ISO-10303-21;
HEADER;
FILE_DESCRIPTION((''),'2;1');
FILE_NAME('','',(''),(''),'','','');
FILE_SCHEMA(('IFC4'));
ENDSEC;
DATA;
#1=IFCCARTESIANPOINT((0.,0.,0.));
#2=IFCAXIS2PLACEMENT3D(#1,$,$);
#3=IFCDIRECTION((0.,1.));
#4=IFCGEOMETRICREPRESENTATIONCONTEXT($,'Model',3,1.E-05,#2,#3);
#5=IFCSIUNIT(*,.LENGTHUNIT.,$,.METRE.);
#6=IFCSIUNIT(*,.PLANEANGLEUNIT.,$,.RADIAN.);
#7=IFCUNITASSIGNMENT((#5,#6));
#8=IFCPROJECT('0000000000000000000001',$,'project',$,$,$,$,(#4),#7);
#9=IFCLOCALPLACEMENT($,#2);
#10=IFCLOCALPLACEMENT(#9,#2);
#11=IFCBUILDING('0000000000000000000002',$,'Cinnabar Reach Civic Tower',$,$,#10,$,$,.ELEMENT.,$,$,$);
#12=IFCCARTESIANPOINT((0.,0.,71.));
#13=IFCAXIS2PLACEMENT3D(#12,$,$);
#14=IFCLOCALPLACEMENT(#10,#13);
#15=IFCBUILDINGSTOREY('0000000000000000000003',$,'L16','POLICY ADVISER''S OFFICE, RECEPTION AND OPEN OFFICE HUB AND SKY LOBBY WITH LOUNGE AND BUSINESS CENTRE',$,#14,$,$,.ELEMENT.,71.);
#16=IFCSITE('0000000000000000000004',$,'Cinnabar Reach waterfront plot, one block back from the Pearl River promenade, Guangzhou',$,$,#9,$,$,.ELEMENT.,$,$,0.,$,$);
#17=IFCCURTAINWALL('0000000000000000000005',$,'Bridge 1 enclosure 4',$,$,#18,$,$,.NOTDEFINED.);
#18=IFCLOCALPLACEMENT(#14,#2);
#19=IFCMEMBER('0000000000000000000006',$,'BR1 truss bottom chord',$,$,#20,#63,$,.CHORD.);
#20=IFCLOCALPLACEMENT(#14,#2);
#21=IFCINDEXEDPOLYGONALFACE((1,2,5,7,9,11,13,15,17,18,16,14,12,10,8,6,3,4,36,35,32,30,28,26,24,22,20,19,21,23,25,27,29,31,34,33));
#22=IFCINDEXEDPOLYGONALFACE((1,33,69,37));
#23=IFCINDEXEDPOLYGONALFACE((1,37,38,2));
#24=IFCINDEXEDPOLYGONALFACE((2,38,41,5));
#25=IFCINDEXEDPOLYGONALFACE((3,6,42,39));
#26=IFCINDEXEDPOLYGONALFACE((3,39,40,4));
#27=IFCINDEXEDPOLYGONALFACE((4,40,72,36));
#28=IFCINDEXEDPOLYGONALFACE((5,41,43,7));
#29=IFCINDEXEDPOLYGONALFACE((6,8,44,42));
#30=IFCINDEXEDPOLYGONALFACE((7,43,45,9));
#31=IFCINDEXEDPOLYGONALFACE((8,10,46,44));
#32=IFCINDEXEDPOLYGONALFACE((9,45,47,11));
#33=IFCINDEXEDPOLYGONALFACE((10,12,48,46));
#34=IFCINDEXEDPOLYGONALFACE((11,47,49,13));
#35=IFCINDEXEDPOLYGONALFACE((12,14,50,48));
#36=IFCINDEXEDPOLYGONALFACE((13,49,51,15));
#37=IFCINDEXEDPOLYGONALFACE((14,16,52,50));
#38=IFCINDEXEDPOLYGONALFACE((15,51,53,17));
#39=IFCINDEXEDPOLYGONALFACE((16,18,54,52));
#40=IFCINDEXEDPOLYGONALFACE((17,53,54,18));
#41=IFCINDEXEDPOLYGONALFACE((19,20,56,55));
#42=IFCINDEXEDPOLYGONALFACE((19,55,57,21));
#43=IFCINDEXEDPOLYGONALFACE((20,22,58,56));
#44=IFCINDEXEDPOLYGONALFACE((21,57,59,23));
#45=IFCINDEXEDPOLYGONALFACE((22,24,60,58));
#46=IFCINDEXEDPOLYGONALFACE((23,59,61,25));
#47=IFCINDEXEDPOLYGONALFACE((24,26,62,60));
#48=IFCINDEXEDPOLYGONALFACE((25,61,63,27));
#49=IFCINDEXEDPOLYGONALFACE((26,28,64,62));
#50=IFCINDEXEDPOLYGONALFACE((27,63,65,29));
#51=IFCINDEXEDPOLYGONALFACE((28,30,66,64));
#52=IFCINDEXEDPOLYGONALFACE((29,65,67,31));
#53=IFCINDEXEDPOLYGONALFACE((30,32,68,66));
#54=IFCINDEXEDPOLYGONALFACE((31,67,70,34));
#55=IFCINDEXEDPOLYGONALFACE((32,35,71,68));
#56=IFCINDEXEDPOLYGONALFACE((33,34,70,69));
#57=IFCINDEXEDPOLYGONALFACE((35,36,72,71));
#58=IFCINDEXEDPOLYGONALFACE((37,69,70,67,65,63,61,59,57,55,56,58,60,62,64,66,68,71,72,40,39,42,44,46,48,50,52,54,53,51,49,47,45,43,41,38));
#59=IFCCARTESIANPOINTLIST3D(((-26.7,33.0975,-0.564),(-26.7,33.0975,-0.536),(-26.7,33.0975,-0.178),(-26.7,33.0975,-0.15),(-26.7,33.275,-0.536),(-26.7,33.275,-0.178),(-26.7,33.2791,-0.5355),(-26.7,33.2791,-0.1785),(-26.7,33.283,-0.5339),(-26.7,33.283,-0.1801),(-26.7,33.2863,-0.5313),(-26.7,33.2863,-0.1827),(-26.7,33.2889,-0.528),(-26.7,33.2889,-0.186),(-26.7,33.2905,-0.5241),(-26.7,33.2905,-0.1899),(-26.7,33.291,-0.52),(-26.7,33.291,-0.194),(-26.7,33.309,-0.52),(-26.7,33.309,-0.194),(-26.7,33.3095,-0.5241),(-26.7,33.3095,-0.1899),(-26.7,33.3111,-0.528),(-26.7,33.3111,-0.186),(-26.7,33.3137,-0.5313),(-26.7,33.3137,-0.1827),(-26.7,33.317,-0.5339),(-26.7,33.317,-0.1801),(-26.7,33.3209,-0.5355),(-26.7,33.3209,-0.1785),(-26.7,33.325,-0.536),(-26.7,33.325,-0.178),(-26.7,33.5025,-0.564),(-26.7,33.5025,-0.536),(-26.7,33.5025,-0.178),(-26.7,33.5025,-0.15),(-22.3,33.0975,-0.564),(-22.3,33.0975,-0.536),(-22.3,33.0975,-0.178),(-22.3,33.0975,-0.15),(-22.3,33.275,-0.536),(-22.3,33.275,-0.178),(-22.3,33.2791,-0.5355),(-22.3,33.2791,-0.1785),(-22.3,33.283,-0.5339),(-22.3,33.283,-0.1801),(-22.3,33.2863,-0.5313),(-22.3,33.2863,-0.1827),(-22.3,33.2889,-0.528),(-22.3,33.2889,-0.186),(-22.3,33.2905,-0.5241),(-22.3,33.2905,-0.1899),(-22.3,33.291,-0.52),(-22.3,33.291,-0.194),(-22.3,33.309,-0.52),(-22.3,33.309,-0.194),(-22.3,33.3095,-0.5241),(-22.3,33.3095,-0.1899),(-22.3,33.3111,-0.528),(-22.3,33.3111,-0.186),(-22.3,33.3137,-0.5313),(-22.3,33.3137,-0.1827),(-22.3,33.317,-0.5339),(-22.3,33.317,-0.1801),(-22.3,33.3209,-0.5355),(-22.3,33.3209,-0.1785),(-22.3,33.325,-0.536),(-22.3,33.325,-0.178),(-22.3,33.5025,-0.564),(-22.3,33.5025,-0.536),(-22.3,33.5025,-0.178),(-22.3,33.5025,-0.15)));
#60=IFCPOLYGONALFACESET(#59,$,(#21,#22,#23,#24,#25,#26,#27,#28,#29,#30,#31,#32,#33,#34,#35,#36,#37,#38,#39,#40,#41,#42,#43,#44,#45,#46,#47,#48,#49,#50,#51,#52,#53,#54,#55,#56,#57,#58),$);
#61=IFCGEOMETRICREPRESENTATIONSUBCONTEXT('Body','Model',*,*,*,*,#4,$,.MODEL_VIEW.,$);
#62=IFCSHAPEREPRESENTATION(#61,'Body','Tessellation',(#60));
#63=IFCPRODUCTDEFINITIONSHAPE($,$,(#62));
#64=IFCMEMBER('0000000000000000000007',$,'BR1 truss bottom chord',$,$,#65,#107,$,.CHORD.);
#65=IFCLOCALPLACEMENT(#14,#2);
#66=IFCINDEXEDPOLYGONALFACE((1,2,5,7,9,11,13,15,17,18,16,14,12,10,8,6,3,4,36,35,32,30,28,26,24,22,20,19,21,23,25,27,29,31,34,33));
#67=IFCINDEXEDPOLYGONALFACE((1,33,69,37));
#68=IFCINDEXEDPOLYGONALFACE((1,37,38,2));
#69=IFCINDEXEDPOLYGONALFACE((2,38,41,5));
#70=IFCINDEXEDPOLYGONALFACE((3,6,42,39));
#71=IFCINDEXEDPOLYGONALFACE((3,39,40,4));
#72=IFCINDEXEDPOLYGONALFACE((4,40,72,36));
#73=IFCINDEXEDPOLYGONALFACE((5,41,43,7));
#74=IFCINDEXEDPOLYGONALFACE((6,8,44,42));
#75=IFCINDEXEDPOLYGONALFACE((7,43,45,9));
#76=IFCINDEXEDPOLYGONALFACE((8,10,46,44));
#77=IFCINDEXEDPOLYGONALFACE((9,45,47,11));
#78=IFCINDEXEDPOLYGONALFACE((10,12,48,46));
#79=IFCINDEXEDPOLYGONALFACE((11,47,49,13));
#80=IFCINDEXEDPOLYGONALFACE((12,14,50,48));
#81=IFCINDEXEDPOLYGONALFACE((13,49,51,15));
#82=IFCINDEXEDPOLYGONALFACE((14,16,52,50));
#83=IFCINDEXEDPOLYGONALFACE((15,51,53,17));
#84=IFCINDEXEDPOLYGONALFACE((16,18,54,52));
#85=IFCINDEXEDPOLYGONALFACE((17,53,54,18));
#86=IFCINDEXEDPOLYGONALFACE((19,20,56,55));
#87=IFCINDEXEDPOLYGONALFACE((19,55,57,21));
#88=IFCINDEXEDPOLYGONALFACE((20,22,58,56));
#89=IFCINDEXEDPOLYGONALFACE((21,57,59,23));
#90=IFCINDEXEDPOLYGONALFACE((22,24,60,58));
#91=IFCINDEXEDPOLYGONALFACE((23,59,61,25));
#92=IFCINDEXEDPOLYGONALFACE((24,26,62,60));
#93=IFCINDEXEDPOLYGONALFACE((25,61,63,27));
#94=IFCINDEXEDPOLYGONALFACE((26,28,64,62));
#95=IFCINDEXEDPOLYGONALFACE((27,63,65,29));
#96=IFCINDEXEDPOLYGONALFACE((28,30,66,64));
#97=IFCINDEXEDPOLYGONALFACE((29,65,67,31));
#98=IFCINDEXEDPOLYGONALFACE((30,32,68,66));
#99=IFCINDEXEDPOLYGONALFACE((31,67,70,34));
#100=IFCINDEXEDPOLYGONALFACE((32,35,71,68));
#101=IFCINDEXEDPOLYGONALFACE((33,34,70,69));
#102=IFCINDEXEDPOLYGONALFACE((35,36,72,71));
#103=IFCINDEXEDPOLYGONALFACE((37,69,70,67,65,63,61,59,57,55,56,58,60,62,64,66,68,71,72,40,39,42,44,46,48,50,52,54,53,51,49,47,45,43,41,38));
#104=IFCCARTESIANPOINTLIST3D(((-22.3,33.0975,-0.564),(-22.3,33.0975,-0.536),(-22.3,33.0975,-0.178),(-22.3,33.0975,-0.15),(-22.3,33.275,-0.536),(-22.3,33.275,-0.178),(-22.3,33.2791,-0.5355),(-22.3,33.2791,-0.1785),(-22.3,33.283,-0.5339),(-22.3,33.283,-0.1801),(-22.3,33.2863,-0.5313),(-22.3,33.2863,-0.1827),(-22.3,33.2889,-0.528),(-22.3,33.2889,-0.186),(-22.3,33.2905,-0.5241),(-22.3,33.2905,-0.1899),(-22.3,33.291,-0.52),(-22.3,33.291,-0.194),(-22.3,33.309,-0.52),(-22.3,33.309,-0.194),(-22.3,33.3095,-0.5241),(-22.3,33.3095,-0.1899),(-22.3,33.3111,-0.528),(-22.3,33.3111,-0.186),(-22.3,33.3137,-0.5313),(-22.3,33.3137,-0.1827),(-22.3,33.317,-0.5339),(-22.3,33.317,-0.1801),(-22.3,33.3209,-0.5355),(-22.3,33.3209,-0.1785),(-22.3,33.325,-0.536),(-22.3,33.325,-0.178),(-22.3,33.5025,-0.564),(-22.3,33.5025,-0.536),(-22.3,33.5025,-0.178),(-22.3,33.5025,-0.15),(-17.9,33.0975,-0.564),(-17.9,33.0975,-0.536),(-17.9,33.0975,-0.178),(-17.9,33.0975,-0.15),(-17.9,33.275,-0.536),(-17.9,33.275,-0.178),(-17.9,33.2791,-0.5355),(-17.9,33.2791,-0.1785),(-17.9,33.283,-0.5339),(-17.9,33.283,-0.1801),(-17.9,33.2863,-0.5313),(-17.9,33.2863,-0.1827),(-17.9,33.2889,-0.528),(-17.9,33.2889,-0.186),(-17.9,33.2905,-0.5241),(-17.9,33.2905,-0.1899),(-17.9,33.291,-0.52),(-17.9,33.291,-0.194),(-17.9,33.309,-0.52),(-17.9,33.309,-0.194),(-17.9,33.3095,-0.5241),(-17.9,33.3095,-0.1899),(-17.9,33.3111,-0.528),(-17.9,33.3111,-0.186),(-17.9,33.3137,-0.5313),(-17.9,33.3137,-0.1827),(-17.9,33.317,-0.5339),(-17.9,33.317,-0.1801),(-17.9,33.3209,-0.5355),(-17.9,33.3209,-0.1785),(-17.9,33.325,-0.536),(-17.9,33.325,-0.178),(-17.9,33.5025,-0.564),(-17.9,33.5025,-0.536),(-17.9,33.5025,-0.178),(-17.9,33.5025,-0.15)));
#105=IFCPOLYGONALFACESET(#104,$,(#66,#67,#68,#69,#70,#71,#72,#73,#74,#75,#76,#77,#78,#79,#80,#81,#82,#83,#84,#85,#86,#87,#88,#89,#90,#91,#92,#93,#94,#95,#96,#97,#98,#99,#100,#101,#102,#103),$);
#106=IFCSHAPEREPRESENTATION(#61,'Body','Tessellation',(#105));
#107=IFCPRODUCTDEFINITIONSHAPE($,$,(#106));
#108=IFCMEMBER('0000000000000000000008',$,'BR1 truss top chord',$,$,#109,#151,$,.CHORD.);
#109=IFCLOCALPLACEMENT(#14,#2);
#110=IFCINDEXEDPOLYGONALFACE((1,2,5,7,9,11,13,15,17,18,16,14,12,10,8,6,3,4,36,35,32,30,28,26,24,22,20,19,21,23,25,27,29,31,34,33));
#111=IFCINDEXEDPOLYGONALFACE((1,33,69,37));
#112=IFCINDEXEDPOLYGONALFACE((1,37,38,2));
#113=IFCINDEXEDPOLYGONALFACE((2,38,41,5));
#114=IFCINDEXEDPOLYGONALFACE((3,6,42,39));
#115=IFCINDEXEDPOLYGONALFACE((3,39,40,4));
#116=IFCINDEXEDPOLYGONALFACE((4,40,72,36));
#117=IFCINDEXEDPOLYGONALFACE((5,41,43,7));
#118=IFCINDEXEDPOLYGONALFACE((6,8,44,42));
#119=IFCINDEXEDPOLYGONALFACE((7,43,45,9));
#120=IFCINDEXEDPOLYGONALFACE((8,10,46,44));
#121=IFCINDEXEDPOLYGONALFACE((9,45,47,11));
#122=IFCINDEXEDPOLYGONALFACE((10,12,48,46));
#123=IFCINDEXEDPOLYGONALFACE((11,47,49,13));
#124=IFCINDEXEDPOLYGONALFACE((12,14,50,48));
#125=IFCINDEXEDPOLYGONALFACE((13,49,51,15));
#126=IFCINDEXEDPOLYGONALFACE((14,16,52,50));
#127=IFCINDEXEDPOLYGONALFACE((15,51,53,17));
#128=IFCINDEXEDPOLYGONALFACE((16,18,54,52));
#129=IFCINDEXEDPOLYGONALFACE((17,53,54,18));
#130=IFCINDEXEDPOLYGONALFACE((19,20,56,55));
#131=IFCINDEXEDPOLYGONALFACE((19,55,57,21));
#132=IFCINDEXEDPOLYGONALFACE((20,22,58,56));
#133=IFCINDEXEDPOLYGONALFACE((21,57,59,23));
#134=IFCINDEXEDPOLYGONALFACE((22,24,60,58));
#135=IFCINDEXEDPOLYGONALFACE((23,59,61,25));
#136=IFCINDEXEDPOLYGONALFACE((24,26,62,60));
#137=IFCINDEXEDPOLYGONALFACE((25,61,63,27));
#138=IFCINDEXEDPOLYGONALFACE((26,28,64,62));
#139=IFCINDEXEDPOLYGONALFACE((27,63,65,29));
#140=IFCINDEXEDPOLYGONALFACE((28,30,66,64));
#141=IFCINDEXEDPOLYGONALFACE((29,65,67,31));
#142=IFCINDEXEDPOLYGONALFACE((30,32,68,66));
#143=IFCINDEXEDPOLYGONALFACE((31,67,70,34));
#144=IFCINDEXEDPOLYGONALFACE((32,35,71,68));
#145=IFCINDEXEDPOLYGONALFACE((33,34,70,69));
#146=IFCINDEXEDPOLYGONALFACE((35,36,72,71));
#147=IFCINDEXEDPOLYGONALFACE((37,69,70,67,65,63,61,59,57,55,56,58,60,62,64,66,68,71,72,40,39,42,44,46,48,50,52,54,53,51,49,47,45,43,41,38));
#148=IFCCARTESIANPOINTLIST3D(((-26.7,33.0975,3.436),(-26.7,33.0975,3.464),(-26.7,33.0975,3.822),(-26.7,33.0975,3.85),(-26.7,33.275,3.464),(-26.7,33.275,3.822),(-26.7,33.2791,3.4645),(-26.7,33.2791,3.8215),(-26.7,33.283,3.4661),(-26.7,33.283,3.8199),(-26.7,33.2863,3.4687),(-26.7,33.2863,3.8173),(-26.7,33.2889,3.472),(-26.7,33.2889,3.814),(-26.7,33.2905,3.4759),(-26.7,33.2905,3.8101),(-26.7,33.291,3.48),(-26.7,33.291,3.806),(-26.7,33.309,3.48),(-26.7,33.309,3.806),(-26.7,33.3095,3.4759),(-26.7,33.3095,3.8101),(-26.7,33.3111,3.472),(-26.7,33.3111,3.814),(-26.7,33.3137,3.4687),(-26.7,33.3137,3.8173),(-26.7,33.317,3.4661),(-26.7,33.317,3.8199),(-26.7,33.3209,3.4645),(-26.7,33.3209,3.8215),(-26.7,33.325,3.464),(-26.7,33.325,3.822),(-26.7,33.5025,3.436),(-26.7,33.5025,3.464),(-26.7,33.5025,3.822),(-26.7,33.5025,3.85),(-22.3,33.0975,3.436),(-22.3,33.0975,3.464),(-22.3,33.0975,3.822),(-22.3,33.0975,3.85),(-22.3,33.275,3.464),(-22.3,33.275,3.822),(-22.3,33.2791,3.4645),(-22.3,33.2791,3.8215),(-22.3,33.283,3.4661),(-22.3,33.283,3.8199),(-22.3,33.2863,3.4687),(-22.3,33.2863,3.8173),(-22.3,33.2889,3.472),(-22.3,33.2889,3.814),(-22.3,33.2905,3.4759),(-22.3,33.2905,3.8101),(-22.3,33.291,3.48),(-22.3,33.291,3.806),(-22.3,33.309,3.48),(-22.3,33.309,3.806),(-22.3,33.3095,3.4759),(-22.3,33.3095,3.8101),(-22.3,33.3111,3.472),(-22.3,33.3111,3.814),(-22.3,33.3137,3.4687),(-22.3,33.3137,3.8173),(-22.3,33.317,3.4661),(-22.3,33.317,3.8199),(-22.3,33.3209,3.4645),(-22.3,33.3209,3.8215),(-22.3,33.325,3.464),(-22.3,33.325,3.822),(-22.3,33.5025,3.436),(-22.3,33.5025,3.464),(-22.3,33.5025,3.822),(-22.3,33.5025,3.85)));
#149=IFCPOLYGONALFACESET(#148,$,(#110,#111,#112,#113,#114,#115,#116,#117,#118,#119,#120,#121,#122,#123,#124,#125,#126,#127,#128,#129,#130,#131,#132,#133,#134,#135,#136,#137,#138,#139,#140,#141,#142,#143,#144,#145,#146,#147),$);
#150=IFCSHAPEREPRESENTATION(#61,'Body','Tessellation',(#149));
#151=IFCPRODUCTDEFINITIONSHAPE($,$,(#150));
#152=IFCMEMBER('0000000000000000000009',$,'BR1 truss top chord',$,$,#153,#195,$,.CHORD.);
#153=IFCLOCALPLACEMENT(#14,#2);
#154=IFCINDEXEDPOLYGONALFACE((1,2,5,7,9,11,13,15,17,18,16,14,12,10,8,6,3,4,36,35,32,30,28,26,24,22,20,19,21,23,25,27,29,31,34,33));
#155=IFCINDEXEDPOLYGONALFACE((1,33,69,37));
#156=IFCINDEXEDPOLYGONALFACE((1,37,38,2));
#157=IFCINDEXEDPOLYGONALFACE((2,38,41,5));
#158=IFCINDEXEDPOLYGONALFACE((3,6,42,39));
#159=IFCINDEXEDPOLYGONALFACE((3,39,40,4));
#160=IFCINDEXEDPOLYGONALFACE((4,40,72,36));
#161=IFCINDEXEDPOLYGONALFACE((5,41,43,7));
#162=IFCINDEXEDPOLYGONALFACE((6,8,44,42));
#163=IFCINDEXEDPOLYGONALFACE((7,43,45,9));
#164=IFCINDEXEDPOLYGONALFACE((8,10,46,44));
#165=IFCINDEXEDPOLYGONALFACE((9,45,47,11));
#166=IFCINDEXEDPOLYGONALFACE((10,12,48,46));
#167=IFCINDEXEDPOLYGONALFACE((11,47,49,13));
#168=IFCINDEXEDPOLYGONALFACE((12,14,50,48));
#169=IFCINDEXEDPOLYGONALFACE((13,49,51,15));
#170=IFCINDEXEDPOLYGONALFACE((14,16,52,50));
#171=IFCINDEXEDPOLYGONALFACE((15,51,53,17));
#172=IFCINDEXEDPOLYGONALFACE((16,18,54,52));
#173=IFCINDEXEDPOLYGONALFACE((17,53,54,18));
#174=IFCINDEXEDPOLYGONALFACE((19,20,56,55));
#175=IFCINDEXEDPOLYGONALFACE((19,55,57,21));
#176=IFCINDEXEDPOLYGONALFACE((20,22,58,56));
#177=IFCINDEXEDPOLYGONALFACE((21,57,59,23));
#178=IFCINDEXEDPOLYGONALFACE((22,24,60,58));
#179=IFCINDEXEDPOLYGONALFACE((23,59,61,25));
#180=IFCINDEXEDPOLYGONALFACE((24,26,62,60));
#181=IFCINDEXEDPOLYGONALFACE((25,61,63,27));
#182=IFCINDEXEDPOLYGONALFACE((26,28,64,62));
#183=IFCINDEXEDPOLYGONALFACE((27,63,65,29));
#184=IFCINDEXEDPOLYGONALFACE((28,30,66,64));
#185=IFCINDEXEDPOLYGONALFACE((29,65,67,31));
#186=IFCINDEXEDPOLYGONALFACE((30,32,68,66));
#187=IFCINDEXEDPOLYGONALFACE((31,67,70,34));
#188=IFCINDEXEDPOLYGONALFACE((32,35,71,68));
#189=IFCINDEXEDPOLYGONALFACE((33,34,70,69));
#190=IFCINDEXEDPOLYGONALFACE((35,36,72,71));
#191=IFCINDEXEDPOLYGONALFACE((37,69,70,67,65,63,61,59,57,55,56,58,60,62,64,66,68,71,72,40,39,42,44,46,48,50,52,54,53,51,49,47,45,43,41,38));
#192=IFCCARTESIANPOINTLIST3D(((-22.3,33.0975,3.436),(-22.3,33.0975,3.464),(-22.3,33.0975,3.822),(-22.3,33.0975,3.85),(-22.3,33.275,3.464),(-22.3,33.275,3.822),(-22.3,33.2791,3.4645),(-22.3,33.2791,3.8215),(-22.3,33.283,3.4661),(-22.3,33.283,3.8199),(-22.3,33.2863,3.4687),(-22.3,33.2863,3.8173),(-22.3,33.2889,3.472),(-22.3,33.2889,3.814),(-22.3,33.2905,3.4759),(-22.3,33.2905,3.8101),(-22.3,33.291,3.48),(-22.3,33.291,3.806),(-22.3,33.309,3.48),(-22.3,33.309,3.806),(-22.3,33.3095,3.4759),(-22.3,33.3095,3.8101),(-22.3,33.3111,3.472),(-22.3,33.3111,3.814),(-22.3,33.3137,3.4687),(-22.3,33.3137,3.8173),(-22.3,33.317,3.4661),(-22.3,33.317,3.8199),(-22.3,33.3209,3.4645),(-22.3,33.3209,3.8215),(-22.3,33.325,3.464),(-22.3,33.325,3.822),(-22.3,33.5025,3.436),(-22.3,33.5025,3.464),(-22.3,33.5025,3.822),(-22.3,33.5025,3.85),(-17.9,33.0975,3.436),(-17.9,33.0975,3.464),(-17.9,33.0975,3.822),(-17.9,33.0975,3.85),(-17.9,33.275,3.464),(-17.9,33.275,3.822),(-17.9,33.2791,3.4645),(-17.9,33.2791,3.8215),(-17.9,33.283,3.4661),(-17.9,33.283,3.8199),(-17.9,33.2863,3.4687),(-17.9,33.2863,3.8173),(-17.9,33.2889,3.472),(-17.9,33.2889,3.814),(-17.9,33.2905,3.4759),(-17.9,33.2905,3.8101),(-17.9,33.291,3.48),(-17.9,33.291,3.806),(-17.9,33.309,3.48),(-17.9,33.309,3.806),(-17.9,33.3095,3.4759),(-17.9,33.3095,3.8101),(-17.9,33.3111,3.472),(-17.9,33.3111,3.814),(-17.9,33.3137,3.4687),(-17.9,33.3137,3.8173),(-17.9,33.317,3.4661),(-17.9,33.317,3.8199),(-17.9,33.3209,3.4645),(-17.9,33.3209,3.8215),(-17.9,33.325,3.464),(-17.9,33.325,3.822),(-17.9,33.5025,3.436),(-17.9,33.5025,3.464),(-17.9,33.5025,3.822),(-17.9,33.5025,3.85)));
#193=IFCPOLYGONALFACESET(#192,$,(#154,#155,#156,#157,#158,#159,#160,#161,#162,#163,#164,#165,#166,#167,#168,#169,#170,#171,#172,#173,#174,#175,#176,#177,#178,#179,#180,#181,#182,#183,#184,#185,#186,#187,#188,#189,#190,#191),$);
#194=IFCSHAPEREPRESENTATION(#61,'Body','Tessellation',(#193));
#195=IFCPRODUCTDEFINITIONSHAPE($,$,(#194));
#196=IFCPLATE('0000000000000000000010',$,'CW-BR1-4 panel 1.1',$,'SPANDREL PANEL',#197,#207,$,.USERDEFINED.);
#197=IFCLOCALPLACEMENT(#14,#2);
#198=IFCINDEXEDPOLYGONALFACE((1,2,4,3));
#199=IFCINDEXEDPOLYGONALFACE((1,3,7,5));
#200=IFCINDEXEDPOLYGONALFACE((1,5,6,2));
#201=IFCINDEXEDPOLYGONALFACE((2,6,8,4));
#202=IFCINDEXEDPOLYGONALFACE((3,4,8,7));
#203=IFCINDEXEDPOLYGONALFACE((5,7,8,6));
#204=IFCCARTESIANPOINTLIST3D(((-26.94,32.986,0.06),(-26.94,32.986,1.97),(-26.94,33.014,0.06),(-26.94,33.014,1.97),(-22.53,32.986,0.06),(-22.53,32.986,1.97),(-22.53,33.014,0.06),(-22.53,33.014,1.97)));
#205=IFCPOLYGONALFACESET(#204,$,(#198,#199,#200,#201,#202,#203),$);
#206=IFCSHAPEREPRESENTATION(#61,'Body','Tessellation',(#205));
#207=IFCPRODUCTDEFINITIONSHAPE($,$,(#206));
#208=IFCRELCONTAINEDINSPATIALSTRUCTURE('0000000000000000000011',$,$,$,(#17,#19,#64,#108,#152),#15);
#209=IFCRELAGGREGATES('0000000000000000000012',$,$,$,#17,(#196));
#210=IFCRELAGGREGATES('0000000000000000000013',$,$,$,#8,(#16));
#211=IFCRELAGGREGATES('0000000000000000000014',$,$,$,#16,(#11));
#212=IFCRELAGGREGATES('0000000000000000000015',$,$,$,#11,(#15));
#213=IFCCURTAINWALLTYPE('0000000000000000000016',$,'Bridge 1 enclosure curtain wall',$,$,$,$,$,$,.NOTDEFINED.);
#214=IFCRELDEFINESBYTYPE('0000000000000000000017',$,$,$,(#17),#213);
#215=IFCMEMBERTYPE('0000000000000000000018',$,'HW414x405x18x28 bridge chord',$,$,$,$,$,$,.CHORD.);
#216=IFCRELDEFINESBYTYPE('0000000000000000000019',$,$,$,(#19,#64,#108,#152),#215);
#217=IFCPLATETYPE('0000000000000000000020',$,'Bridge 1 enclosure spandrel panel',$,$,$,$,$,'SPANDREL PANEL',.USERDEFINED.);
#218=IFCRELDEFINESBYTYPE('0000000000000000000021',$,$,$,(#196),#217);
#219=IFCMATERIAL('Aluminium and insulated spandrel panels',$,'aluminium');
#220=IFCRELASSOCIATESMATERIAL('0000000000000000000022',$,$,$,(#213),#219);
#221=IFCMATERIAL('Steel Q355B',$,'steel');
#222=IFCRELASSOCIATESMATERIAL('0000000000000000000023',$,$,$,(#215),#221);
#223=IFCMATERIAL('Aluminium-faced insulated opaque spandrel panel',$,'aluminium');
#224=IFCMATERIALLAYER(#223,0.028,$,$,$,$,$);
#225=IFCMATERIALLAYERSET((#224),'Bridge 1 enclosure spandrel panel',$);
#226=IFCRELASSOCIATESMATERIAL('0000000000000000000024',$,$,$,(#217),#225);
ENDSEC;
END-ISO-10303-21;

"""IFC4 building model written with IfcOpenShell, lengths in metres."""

from ifc_helpers import new_model, si_unit, direction, frame, origin, origin_2d, place, context, subcontext, project, spatial, rectangle, i_section, extrude, material, layer, layer_set, material_profile, profile_set, type_object, element, aggregate, save


model = new_model("IFC4")

# Units and contexts
model_context = context("Model", 3, precision=1e-05, world=origin(), true_north=direction((0.0, 1.0)))
body_context = subcontext(model_context, "Body", "Model", "MODEL_VIEW")
ifc_project = project(units=[si_unit("LENGTHUNIT", "METRE"), si_unit("PLANEANGLEUNIT", "RADIAN")], contexts=[model_context])

# Site, building, storey
site_placement = place(None, origin())
site = spatial("IfcSite", under=ifc_project, at=site_placement, Name="Cinnabar Reach waterfront plot, one block back from the Pearl River promenade, Guangzhou", CompositionType="ELEMENT", RefElevation=0.0)
building_placement = place(site_placement, origin())
building = spatial("IfcBuilding", under=site, at=building_placement, Name="Cinnabar Reach Civic Tower", CompositionType="ELEMENT")
storey_placement = place(building_placement, frame((0.0, 0.0, 71.0)))
storey = spatial("IfcBuildingStorey", under=building, at=storey_placement, Name="L16", Description="POLICY ADVISER'S OFFICE, RECEPTION AND OPEN OFFICE HUB AND SKY LOBBY WITH LOUNGE AND BUSINESS CENTRE", CompositionType="ELEMENT", Elevation=71.0)

# Curtain wall
ifc_material_1 = material(Name="Aluminium and insulated spandrel panels", Category="aluminium")
curtain_wall_type = type_object("IfcCurtainWallType", Name="Bridge 1 enclosure curtain wall", PredefinedType="NOTDEFINED", material=ifc_material_1)
curtain_wall_placement = place(storey_placement, origin())
curtain_wall = element("IfcCurtainWall", 1, at=curtain_wall_placement, inside=storey, type_object=curtain_wall_type, Name="Bridge 1 enclosure 4", PredefinedType="NOTDEFINED")

# Members
ifc_material_2 = material(Name="Steel Q355B", Category="steel")
ifc_material_profile_1 = material_profile(ifc_material_2, i_section(OverallWidth=0.405, OverallDepth=0.414, WebThickness=0.018, FlangeThickness=0.028, FilletRadius=0.016, at=origin_2d()), Name="HW414x405x18x28")
ifc_profile_set_1 = profile_set([ifc_material_profile_1], Name="Steel Q355B")
member_type_1 = type_object("IfcMemberType", Name="HW414x405x18x28 bridge chord", PredefinedType="CHORD", material=ifc_profile_set_1)
for number, where, z_axis, x_axis, name in (
    (2, (-26.7, 33.3, -0.357), (1.0, 0.0, 0.0), (0.0, 1.0, 0.0), "BR1 truss bottom chord"),
    (3, (-22.3, 33.3, -0.357), (1.0, 0.0, 0.0), (0.0, 1.0, 0.0), "BR1 truss bottom chord"),
    (4, (-26.7, 33.3, 3.643), (1.0, 0.0, 0.0), (0.0, 1.0, 0.0), "BR1 truss top chord"),
    (5, (-22.3, 33.3, 3.643), (1.0, 0.0, 0.0), (0.0, 1.0, 0.0), "BR1 truss top chord"),
):
    element("IfcMember", number, at=place(storey_placement, frame(where, z_axis=z_axis, x_axis=x_axis)), inside=storey, type_object=member_type_1, Name=name, PredefinedType="CHORD", context=body_context, shape_type="SweptSolid", body=[
        extrude(i_section(OverallWidth=0.405, OverallDepth=0.414, WebThickness=0.018, FlangeThickness=0.028, FilletRadius=0.016, at=origin_2d()), origin(), (0.0, 0.0, 1.0), 4.4),
    ])

# Plate
ifc_material_3 = material(Name="Aluminium-faced insulated opaque spandrel panel", Category="aluminium")
ifc_layer_1 = layer(ifc_material_3, 0.028)
ifc_layer_set_1 = layer_set([ifc_layer_1], Name="Bridge 1 enclosure spandrel panel")
plate_type = type_object("IfcPlateType", Name="Bridge 1 enclosure spandrel panel", ElementType="SPANDREL PANEL", PredefinedType="USERDEFINED", material=ifc_layer_set_1)
plate_1_placement = place(storey_placement, frame((-24.735, 33.0, 0.06), z_axis=(0.0, 0.0, 1.0), x_axis=(1.0, 0.0, 0.0)))
plate_1 = element("IfcPlate", 6, at=plate_1_placement, type_object=plate_type, Name="CW-BR1-4 panel 1.1", ObjectType="SPANDREL PANEL", PredefinedType="USERDEFINED", context=body_context, shape_type="SweptSolid", body=[
    extrude(rectangle(XDim=4.41, YDim=0.028, at=origin_2d()), origin(), (0.0, 0.0, 1.0), 1.91),
])
aggregate(curtain_wall, [plate_1])

save(model, "model.ifc")
